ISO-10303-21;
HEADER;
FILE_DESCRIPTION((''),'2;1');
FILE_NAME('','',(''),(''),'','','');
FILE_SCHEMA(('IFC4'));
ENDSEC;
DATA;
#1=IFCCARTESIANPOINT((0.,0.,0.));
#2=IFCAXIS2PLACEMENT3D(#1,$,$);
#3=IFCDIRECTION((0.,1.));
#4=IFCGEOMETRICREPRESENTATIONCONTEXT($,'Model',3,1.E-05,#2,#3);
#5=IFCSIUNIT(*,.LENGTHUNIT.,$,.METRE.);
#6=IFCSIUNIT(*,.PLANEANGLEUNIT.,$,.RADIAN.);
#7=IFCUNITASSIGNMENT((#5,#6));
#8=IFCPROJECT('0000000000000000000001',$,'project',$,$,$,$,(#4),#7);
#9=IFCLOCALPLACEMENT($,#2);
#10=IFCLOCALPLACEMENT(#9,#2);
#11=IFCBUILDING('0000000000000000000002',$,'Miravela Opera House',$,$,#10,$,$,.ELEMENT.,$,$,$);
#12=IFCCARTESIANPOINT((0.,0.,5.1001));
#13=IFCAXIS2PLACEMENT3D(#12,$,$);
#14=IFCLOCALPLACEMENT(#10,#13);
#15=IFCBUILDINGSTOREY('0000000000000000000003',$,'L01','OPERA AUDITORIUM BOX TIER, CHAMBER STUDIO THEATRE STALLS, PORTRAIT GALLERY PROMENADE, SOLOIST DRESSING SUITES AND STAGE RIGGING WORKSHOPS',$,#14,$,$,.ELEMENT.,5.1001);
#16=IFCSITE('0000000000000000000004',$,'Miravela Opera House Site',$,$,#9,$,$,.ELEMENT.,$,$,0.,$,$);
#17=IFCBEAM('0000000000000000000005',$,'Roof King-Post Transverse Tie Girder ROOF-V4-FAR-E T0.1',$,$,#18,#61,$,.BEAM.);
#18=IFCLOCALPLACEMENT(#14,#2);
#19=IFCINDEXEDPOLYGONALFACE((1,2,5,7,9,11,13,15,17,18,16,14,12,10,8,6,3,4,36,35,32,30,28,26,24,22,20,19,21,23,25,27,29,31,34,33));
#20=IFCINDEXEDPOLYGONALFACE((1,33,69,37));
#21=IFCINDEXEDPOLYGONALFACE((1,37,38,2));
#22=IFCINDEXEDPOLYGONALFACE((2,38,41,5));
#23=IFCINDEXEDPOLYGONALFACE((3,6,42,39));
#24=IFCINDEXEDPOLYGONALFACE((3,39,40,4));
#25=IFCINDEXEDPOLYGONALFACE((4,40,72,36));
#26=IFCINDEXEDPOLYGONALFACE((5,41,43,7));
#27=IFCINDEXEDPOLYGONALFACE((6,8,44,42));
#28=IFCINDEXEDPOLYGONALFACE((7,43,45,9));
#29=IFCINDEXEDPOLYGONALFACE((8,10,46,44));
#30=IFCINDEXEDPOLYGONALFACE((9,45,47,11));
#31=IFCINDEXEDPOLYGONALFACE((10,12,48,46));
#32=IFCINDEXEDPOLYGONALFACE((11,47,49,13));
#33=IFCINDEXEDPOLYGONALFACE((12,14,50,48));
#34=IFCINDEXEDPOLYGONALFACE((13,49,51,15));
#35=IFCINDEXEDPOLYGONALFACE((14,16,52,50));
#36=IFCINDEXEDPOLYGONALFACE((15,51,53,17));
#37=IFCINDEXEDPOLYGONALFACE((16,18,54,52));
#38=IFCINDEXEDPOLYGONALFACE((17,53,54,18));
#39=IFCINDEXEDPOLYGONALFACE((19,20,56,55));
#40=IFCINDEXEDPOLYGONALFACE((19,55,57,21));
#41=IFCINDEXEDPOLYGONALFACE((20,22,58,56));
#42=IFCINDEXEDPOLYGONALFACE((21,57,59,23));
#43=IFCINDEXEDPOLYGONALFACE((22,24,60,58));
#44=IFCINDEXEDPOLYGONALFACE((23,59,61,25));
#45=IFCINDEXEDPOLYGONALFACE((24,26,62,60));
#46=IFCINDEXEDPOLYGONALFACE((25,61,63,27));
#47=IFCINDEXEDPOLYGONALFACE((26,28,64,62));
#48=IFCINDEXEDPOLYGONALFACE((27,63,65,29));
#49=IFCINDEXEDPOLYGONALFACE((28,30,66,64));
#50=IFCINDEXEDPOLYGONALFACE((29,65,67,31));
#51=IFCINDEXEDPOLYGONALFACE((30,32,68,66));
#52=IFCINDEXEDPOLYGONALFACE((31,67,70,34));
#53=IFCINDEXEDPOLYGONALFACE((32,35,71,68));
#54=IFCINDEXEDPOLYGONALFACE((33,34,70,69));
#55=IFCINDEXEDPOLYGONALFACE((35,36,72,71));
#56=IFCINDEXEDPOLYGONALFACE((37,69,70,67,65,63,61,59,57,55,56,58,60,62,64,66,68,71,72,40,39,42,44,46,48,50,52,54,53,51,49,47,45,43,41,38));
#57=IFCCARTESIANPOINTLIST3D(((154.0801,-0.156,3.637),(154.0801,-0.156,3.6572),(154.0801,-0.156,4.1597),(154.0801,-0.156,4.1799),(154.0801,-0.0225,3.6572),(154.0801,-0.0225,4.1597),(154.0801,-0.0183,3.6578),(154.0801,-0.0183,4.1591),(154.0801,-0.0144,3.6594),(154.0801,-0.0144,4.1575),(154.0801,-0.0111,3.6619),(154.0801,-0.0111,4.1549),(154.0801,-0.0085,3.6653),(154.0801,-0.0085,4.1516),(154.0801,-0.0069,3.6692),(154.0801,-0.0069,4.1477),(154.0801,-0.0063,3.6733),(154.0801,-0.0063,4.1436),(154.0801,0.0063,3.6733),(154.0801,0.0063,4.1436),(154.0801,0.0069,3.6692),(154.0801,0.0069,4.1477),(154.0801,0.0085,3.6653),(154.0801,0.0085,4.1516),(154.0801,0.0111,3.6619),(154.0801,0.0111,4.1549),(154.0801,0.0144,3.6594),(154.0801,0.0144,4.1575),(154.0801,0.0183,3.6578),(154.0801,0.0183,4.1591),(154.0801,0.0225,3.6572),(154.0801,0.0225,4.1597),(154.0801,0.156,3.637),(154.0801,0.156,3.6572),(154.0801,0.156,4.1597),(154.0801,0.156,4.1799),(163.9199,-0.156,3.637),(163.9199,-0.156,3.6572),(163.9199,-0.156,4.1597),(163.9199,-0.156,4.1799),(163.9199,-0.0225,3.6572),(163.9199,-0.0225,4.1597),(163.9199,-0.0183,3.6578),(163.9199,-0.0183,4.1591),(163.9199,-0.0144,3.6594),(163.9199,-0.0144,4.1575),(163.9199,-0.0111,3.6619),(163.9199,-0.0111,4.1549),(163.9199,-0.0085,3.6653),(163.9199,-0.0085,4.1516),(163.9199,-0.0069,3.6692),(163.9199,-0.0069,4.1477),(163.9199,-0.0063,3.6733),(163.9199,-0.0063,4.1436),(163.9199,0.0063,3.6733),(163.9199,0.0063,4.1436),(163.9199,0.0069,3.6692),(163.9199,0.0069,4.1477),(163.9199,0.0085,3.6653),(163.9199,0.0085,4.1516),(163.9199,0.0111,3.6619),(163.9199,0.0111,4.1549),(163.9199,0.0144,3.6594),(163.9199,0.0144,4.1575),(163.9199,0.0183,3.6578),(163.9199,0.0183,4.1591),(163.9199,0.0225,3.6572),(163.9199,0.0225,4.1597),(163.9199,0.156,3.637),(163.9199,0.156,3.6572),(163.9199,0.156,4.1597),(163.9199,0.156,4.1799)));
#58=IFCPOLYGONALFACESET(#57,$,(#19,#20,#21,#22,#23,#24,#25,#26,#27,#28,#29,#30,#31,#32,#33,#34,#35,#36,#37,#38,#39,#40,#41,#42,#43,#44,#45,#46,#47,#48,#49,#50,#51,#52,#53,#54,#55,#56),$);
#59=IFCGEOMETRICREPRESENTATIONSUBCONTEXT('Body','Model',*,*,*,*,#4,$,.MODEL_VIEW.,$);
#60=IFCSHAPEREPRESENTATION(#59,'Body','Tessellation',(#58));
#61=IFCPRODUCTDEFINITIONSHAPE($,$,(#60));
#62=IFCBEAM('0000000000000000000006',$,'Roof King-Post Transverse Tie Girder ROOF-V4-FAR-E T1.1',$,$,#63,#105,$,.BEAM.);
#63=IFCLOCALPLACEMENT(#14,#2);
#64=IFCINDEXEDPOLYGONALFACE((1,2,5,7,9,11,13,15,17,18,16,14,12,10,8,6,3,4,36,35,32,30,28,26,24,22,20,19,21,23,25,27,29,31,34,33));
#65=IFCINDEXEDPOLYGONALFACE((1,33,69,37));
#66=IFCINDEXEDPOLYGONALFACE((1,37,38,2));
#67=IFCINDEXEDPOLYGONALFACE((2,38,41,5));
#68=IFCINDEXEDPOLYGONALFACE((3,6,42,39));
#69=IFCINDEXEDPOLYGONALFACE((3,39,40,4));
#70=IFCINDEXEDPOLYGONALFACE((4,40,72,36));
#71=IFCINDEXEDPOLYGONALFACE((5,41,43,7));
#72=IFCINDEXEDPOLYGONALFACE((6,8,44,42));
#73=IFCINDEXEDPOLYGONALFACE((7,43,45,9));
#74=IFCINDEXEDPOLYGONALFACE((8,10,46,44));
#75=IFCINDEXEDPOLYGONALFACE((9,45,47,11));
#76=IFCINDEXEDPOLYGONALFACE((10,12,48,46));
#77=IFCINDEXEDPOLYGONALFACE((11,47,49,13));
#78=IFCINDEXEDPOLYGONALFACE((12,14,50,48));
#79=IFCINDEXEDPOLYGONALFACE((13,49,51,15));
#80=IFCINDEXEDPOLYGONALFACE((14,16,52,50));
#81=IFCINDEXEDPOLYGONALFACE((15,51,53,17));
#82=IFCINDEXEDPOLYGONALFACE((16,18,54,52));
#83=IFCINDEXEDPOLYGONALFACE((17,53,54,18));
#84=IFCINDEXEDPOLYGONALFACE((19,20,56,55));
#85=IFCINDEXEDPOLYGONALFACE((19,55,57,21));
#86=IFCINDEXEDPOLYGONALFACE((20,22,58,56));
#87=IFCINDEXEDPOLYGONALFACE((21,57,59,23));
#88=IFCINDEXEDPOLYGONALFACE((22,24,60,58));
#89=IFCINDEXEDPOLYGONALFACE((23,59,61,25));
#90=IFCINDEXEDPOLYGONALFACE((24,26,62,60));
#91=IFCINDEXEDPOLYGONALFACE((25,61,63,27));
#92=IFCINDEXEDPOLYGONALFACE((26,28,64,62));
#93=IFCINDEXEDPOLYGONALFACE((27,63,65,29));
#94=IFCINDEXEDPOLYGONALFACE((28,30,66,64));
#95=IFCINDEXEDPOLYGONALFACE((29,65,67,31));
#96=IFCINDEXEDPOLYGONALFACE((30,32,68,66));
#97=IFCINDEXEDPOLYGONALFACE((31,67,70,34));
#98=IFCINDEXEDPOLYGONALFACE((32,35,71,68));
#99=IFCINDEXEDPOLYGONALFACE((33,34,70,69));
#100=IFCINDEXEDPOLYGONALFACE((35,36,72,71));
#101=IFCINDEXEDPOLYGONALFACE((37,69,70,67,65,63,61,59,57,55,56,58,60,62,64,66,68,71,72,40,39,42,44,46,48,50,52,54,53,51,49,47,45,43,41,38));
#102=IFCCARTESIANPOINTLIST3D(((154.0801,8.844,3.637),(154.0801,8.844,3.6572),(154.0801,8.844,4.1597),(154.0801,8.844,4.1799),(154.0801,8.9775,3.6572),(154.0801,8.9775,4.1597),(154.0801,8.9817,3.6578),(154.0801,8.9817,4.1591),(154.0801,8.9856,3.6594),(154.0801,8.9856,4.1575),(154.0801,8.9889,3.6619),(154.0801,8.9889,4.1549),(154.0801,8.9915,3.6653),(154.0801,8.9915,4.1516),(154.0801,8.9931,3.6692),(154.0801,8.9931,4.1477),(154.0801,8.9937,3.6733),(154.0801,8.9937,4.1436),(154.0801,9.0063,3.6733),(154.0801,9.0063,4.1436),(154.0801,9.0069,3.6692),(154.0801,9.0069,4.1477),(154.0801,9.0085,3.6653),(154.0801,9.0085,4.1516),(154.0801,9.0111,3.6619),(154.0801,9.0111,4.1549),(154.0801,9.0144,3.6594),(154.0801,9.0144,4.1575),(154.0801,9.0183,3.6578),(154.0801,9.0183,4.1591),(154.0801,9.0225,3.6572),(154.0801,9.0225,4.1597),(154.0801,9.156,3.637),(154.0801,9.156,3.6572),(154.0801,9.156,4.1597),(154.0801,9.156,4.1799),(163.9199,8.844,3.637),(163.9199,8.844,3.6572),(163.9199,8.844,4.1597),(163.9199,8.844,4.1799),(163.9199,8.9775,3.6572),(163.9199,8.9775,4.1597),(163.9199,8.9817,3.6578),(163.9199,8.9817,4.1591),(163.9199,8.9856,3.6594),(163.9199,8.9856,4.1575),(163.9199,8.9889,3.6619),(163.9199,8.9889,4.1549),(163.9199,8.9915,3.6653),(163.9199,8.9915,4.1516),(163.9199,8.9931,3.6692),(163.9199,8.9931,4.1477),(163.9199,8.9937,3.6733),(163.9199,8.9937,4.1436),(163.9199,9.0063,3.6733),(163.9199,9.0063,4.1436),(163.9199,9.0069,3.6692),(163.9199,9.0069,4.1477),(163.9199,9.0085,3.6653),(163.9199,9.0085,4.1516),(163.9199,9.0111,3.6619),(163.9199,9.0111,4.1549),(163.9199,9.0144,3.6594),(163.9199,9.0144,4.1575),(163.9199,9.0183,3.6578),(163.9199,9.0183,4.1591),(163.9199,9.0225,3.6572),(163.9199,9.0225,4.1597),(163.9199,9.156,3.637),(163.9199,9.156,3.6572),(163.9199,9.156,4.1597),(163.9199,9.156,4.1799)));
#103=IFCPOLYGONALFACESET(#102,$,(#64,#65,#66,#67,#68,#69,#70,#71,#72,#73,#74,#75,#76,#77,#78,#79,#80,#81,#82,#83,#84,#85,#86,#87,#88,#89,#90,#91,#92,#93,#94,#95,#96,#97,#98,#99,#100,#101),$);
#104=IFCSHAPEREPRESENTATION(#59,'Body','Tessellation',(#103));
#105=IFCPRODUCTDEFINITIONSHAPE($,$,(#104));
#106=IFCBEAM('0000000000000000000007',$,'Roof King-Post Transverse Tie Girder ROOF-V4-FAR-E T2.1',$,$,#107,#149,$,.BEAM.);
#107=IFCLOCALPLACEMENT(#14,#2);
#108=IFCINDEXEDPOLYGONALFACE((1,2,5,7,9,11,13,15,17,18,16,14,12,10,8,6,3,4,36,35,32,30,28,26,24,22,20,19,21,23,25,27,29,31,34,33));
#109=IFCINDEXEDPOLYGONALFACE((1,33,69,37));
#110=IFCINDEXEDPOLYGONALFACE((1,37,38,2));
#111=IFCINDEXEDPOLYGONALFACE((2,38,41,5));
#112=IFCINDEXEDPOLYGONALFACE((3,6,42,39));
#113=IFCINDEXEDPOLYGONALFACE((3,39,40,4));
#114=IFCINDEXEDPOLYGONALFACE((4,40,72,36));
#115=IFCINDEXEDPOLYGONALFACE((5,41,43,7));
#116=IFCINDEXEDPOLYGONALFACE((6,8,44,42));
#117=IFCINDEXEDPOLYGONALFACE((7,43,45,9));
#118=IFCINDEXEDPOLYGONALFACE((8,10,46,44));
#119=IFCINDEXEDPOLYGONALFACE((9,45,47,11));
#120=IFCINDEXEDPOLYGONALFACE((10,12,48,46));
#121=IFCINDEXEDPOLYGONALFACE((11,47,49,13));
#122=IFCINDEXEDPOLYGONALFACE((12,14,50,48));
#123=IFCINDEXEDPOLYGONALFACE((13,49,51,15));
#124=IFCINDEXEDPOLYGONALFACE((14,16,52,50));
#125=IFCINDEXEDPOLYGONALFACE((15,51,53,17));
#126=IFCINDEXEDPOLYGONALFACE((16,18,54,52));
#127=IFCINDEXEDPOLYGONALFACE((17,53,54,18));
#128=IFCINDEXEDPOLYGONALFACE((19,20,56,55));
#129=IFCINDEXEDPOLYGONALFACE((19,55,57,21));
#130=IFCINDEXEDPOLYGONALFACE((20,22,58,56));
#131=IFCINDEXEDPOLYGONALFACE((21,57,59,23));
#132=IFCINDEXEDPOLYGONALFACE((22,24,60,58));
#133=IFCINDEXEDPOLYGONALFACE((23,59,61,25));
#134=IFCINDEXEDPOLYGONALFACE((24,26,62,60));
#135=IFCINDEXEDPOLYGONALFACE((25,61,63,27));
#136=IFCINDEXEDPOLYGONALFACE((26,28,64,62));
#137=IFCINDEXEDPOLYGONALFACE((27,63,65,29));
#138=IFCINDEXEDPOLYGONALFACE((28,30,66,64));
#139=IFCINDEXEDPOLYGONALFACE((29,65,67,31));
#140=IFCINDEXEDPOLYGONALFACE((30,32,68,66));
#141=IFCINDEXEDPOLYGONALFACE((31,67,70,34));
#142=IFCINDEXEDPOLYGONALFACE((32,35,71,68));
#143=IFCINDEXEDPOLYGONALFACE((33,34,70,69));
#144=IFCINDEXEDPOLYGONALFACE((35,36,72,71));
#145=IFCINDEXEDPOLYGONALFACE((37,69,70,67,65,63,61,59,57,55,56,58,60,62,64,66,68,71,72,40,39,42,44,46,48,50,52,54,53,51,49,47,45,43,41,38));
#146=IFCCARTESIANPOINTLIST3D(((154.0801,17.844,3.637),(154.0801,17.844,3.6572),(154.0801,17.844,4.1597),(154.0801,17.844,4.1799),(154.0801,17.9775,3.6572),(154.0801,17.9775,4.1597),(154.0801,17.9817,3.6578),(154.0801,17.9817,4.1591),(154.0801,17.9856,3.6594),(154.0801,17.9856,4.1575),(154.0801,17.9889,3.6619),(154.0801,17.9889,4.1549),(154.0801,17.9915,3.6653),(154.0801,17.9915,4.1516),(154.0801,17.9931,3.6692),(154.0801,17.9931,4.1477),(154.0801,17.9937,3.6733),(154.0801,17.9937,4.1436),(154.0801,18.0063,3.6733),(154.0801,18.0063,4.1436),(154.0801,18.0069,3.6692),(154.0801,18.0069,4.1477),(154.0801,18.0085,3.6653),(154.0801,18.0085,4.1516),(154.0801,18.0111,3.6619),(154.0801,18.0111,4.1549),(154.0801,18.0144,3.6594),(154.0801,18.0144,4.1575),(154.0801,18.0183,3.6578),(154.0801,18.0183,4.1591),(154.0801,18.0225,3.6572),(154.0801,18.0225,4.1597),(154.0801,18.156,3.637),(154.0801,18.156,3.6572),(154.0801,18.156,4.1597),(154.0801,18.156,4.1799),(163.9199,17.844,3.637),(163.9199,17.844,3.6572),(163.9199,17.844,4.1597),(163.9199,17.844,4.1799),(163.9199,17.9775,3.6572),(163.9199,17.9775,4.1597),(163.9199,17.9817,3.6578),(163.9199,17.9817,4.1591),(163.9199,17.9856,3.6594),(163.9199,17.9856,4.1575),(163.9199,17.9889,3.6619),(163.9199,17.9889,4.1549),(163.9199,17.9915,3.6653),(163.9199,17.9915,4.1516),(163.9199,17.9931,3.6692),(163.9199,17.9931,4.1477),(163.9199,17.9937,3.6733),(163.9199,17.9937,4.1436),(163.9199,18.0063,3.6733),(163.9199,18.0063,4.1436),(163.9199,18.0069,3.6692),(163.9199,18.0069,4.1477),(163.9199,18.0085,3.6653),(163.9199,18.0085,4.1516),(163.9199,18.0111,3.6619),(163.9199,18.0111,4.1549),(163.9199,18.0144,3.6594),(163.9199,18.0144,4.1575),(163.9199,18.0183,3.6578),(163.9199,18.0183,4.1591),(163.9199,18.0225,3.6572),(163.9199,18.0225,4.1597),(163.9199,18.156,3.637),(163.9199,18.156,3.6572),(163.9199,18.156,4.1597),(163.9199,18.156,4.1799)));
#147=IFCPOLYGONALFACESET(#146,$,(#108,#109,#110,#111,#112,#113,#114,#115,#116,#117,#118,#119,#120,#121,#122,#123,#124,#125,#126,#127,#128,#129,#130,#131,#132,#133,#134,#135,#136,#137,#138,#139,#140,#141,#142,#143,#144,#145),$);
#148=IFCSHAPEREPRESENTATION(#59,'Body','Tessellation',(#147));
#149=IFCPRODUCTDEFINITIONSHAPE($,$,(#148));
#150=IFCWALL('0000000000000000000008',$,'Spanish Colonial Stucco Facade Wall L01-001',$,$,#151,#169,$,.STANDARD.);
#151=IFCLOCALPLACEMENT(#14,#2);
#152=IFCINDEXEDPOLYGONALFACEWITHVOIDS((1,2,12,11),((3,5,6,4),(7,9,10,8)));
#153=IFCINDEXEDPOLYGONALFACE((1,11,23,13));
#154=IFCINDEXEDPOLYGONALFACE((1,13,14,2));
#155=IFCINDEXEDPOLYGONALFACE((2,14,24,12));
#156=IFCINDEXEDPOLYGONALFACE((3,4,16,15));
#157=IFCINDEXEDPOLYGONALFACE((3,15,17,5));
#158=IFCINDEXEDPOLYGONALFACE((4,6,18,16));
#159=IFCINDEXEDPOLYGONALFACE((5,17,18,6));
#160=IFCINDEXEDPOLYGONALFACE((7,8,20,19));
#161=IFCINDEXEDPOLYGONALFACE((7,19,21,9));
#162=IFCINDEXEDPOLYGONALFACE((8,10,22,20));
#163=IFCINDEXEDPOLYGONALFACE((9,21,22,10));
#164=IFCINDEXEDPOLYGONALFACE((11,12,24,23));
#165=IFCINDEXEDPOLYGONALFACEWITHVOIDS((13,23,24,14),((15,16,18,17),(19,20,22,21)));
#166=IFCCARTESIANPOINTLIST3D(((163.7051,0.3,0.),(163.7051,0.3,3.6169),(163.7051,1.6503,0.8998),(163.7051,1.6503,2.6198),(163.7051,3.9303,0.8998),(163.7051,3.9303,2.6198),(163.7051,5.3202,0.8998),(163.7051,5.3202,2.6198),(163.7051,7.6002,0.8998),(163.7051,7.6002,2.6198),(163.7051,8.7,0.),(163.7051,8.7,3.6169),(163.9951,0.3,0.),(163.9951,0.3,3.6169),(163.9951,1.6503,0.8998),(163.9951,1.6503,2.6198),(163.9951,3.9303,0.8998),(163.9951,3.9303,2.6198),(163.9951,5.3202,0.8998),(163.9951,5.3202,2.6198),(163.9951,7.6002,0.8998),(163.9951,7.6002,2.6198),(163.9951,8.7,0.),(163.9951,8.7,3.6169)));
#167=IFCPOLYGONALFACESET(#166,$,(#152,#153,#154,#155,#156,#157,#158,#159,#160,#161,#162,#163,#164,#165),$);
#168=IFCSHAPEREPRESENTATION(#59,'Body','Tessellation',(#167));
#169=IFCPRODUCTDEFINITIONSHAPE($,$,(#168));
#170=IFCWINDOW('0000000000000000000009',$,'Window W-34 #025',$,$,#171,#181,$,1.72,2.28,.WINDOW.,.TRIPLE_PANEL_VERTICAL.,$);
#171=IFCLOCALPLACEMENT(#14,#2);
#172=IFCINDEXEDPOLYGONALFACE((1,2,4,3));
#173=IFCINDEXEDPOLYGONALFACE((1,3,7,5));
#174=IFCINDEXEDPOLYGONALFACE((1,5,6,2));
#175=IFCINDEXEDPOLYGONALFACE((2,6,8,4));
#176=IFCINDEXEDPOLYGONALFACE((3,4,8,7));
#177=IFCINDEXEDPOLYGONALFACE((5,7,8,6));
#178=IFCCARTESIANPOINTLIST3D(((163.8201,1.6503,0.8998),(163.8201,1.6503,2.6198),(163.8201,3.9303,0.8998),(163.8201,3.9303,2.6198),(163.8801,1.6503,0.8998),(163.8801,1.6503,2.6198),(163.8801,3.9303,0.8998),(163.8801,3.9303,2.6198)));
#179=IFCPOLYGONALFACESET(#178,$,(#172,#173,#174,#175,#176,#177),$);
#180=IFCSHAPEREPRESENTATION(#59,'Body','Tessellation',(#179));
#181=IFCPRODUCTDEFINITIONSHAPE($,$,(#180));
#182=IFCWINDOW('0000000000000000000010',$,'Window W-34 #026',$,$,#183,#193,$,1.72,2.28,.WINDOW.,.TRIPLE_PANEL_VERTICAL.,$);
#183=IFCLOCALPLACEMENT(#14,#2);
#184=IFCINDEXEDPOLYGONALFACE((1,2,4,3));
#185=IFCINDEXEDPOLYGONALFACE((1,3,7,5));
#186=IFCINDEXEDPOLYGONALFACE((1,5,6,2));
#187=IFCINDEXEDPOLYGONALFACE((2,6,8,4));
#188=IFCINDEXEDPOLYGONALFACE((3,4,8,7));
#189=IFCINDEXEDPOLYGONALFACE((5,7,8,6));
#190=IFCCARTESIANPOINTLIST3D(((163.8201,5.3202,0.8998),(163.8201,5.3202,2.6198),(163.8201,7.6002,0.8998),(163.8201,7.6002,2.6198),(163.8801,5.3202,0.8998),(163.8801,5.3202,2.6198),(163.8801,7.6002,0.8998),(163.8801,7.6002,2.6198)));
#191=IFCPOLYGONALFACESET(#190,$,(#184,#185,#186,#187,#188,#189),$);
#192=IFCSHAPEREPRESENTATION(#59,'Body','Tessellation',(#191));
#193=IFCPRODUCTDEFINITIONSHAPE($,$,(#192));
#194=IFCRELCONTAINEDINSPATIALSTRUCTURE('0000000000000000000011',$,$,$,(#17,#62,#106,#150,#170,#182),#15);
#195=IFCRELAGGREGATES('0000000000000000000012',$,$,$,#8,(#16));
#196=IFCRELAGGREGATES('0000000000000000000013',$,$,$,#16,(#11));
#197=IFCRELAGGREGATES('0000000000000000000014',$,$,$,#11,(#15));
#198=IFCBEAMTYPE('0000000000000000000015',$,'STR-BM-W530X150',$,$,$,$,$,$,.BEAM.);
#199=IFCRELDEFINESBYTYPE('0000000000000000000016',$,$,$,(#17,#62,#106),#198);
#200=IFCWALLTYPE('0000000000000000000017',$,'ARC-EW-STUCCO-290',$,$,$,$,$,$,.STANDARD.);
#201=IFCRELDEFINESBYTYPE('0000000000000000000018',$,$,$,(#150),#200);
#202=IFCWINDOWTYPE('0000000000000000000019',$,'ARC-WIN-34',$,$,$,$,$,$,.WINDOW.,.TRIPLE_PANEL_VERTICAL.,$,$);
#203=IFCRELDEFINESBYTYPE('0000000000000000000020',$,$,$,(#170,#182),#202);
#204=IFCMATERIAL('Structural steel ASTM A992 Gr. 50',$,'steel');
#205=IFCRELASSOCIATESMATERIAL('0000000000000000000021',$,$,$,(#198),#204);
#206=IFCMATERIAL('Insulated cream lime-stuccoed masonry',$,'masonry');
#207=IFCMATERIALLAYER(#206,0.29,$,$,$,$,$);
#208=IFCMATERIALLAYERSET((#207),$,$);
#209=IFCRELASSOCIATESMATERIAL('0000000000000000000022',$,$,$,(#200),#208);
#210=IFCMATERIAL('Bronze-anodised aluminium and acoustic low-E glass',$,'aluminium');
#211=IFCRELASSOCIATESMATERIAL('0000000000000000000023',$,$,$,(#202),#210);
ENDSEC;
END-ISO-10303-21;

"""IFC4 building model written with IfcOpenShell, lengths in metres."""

from ifc_helpers import new_model, si_unit, direction, frame, frame_2d, origin, origin_2d, place, context, subcontext, project, spatial, rectangle, i_section, extrude, material, layer, layer_set, material_profile, profile_set, type_object, element, fill, save


model = new_model("IFC4")

# Units and contexts
model_context = context("Model", 3, precision=1e-05, world=origin(), true_north=direction((0.0, 1.0)))
body_context = subcontext(model_context, "Body", "Model", "MODEL_VIEW")
ifc_project = project(units=[si_unit("LENGTHUNIT", "METRE"), si_unit("PLANEANGLEUNIT", "RADIAN")], contexts=[model_context])

# Site, building, storey
site_placement = place(None, origin())
site = spatial("IfcSite", under=ifc_project, at=site_placement, Name="Miravela Opera House Site", CompositionType="ELEMENT", RefElevation=0.0)
building_placement = place(site_placement, origin())
building = spatial("IfcBuilding", under=site, at=building_placement, Name="Miravela Opera House", CompositionType="ELEMENT")
storey_placement = place(building_placement, frame((0.0, 0.0, 5.1001)))
storey = spatial("IfcBuildingStorey", under=building, at=storey_placement, Name="L01", Description="OPERA AUDITORIUM BOX TIER, CHAMBER STUDIO THEATRE STALLS, PORTRAIT GALLERY PROMENADE, SOLOIST DRESSING SUITES AND STAGE RIGGING WORKSHOPS", CompositionType="ELEMENT", Elevation=5.1001)

# Beams
ifc_material_1 = material(Name="Structural steel ASTM A992 Gr. 50", Category="steel")
ifc_material_profile_1 = material_profile(ifc_material_1, i_section(OverallWidth=0.312, OverallDepth=0.543, WebThickness=0.0127, FlangeThickness=0.0203, FilletRadius=0.0161, at=origin_2d()), Name="W530X150")
ifc_profile_set_1 = profile_set([ifc_material_profile_1])
beam_type_1 = type_object("IfcBeamType", Name="STR-BM-W530X150", PredefinedType="BEAM", material=ifc_profile_set_1)
for number, where, z_axis, x_axis, name in (
    (1, (154.0801, 0.0, 3.9084), (1.0, 0.0, 0.0), (0.0, 1.0, 0.0), "Roof King-Post Transverse Tie Girder ROOF-V4-FAR-E T0.1"),
    (2, (154.0801, 9.0, 3.9084), (1.0, 0.0, 0.0), (0.0, 1.0, 0.0), "Roof King-Post Transverse Tie Girder ROOF-V4-FAR-E T1.1"),
    (3, (154.0801, 18.0, 3.9084), (1.0, 0.0, 0.0), (0.0, 1.0, 0.0), "Roof King-Post Transverse Tie Girder ROOF-V4-FAR-E T2.1"),
):
    element("IfcBeam", number, at=place(storey_placement, frame(where, z_axis=z_axis, x_axis=x_axis)), inside=storey, type_object=beam_type_1, Name=name, PredefinedType="BEAM", context=body_context, shape_type="SweptSolid", body=[
        extrude(i_section(OverallWidth=0.312, OverallDepth=0.543, WebThickness=0.0127, FlangeThickness=0.0203, FilletRadius=0.0161, at=origin_2d()), origin(), (0.0, 0.0, 1.0), 9.8398),
    ])

# Wall, openings, windows
ifc_material_2 = material(Name="Insulated cream lime-stuccoed masonry", Category="masonry")
ifc_layer_1 = layer(ifc_material_2, 0.29)
ifc_layer_set_1 = layer_set([ifc_layer_1])
wall_type_1 = type_object("IfcWallType", Name="ARC-EW-STUCCO-290", PredefinedType="STANDARD", material=ifc_layer_set_1)
wall_1_placement = place(storey_placement, frame((163.8501, 0.3, 0.0), z_axis=(0.0, 0.0, 1.0), x_axis=(0.0, 1.0, 0.0)))
wall_1 = element("IfcWall", 4, at=wall_1_placement, inside=storey, type_object=wall_type_1, Name="Spanish Colonial Stucco Facade Wall L01-001", PredefinedType="STANDARD", context=body_context, shape_type="SweptSolid", body=[
    extrude(rectangle(XDim=8.3999, YDim=0.29, at=frame_2d((4.2, 0.0))), origin(), (0.0, 0.0, 1.0), 3.6169),
])
opening_1_placement = place(wall_1_placement, frame((1.3501, 0.0, 0.8999)))
opening_1 = element("IfcOpeningElement", 5, at=opening_1_placement, cuts=wall_1, PredefinedType="OPENING", context=body_context, shape_type="SweptSolid", body=[
    extrude(rectangle(XDim=2.28, YDim=1.72, at=frame_2d((1.1401, 0.8599))), frame((0.0, 0.155, 0.0), z_axis=(0.0, -1.0, 0.0), x_axis=(1.0, 0.0, 0.0)), (0.0, 0.0, 1.0), 0.3101),
])
opening_2_placement = place(wall_1_placement, frame((5.02, 0.0, 0.8999)))
opening_2 = element("IfcOpeningElement", 6, at=opening_2_placement, cuts=wall_1, PredefinedType="OPENING", context=body_context, shape_type="SweptSolid", body=[
    extrude(rectangle(XDim=2.28, YDim=1.72, at=frame_2d((1.1401, 0.8599))), frame((0.0, 0.155, 0.0), z_axis=(0.0, -1.0, 0.0), x_axis=(1.0, 0.0, 0.0)), (0.0, 0.0, 1.0), 0.3101),
])
ifc_material_3 = material(Name="Bronze-anodised aluminium and acoustic low-E glass", Category="aluminium")
window_type_1 = type_object("IfcWindowType", Name="ARC-WIN-34", PartitioningType="TRIPLE_PANEL_VERTICAL", PredefinedType="WINDOW", material=ifc_material_3)
window_1_placement = place(opening_1_placement, origin())
window_1 = element("IfcWindow", 7, at=window_1_placement, inside=storey, type_object=window_type_1, Name="Window W-34 #025", OverallHeight=1.72, OverallWidth=2.28, PartitioningType="TRIPLE_PANEL_VERTICAL", PredefinedType="WINDOW", context=body_context, shape_type="SweptSolid", body=[
    extrude(rectangle(XDim=2.28, YDim=1.72, at=frame_2d((1.1401, 0.8599))), frame((0.0, 0.03, 0.0), z_axis=(0.0, -1.0, 0.0), x_axis=(1.0, 0.0, 0.0)), (0.0, 0.0, 1.0), 0.0601),
])
fill(opening_1, window_1)
window_2_placement = place(opening_2_placement, origin())
window_2 = element("IfcWindow", 8, at=window_2_placement, inside=storey, type_object=window_type_1, Name="Window W-34 #026", OverallHeight=1.72, OverallWidth=2.28, PartitioningType="TRIPLE_PANEL_VERTICAL", PredefinedType="WINDOW", context=body_context, shape_type="SweptSolid", body=[
    extrude(rectangle(XDim=2.28, YDim=1.72, at=frame_2d((1.1401, 0.8599))), frame((0.0, 0.03, 0.0), z_axis=(0.0, -1.0, 0.0), x_axis=(1.0, 0.0, 0.0)), (0.0, 0.0, 1.0), 0.0601),
])
fill(opening_2, window_2)

save(model, "model.ifc")
